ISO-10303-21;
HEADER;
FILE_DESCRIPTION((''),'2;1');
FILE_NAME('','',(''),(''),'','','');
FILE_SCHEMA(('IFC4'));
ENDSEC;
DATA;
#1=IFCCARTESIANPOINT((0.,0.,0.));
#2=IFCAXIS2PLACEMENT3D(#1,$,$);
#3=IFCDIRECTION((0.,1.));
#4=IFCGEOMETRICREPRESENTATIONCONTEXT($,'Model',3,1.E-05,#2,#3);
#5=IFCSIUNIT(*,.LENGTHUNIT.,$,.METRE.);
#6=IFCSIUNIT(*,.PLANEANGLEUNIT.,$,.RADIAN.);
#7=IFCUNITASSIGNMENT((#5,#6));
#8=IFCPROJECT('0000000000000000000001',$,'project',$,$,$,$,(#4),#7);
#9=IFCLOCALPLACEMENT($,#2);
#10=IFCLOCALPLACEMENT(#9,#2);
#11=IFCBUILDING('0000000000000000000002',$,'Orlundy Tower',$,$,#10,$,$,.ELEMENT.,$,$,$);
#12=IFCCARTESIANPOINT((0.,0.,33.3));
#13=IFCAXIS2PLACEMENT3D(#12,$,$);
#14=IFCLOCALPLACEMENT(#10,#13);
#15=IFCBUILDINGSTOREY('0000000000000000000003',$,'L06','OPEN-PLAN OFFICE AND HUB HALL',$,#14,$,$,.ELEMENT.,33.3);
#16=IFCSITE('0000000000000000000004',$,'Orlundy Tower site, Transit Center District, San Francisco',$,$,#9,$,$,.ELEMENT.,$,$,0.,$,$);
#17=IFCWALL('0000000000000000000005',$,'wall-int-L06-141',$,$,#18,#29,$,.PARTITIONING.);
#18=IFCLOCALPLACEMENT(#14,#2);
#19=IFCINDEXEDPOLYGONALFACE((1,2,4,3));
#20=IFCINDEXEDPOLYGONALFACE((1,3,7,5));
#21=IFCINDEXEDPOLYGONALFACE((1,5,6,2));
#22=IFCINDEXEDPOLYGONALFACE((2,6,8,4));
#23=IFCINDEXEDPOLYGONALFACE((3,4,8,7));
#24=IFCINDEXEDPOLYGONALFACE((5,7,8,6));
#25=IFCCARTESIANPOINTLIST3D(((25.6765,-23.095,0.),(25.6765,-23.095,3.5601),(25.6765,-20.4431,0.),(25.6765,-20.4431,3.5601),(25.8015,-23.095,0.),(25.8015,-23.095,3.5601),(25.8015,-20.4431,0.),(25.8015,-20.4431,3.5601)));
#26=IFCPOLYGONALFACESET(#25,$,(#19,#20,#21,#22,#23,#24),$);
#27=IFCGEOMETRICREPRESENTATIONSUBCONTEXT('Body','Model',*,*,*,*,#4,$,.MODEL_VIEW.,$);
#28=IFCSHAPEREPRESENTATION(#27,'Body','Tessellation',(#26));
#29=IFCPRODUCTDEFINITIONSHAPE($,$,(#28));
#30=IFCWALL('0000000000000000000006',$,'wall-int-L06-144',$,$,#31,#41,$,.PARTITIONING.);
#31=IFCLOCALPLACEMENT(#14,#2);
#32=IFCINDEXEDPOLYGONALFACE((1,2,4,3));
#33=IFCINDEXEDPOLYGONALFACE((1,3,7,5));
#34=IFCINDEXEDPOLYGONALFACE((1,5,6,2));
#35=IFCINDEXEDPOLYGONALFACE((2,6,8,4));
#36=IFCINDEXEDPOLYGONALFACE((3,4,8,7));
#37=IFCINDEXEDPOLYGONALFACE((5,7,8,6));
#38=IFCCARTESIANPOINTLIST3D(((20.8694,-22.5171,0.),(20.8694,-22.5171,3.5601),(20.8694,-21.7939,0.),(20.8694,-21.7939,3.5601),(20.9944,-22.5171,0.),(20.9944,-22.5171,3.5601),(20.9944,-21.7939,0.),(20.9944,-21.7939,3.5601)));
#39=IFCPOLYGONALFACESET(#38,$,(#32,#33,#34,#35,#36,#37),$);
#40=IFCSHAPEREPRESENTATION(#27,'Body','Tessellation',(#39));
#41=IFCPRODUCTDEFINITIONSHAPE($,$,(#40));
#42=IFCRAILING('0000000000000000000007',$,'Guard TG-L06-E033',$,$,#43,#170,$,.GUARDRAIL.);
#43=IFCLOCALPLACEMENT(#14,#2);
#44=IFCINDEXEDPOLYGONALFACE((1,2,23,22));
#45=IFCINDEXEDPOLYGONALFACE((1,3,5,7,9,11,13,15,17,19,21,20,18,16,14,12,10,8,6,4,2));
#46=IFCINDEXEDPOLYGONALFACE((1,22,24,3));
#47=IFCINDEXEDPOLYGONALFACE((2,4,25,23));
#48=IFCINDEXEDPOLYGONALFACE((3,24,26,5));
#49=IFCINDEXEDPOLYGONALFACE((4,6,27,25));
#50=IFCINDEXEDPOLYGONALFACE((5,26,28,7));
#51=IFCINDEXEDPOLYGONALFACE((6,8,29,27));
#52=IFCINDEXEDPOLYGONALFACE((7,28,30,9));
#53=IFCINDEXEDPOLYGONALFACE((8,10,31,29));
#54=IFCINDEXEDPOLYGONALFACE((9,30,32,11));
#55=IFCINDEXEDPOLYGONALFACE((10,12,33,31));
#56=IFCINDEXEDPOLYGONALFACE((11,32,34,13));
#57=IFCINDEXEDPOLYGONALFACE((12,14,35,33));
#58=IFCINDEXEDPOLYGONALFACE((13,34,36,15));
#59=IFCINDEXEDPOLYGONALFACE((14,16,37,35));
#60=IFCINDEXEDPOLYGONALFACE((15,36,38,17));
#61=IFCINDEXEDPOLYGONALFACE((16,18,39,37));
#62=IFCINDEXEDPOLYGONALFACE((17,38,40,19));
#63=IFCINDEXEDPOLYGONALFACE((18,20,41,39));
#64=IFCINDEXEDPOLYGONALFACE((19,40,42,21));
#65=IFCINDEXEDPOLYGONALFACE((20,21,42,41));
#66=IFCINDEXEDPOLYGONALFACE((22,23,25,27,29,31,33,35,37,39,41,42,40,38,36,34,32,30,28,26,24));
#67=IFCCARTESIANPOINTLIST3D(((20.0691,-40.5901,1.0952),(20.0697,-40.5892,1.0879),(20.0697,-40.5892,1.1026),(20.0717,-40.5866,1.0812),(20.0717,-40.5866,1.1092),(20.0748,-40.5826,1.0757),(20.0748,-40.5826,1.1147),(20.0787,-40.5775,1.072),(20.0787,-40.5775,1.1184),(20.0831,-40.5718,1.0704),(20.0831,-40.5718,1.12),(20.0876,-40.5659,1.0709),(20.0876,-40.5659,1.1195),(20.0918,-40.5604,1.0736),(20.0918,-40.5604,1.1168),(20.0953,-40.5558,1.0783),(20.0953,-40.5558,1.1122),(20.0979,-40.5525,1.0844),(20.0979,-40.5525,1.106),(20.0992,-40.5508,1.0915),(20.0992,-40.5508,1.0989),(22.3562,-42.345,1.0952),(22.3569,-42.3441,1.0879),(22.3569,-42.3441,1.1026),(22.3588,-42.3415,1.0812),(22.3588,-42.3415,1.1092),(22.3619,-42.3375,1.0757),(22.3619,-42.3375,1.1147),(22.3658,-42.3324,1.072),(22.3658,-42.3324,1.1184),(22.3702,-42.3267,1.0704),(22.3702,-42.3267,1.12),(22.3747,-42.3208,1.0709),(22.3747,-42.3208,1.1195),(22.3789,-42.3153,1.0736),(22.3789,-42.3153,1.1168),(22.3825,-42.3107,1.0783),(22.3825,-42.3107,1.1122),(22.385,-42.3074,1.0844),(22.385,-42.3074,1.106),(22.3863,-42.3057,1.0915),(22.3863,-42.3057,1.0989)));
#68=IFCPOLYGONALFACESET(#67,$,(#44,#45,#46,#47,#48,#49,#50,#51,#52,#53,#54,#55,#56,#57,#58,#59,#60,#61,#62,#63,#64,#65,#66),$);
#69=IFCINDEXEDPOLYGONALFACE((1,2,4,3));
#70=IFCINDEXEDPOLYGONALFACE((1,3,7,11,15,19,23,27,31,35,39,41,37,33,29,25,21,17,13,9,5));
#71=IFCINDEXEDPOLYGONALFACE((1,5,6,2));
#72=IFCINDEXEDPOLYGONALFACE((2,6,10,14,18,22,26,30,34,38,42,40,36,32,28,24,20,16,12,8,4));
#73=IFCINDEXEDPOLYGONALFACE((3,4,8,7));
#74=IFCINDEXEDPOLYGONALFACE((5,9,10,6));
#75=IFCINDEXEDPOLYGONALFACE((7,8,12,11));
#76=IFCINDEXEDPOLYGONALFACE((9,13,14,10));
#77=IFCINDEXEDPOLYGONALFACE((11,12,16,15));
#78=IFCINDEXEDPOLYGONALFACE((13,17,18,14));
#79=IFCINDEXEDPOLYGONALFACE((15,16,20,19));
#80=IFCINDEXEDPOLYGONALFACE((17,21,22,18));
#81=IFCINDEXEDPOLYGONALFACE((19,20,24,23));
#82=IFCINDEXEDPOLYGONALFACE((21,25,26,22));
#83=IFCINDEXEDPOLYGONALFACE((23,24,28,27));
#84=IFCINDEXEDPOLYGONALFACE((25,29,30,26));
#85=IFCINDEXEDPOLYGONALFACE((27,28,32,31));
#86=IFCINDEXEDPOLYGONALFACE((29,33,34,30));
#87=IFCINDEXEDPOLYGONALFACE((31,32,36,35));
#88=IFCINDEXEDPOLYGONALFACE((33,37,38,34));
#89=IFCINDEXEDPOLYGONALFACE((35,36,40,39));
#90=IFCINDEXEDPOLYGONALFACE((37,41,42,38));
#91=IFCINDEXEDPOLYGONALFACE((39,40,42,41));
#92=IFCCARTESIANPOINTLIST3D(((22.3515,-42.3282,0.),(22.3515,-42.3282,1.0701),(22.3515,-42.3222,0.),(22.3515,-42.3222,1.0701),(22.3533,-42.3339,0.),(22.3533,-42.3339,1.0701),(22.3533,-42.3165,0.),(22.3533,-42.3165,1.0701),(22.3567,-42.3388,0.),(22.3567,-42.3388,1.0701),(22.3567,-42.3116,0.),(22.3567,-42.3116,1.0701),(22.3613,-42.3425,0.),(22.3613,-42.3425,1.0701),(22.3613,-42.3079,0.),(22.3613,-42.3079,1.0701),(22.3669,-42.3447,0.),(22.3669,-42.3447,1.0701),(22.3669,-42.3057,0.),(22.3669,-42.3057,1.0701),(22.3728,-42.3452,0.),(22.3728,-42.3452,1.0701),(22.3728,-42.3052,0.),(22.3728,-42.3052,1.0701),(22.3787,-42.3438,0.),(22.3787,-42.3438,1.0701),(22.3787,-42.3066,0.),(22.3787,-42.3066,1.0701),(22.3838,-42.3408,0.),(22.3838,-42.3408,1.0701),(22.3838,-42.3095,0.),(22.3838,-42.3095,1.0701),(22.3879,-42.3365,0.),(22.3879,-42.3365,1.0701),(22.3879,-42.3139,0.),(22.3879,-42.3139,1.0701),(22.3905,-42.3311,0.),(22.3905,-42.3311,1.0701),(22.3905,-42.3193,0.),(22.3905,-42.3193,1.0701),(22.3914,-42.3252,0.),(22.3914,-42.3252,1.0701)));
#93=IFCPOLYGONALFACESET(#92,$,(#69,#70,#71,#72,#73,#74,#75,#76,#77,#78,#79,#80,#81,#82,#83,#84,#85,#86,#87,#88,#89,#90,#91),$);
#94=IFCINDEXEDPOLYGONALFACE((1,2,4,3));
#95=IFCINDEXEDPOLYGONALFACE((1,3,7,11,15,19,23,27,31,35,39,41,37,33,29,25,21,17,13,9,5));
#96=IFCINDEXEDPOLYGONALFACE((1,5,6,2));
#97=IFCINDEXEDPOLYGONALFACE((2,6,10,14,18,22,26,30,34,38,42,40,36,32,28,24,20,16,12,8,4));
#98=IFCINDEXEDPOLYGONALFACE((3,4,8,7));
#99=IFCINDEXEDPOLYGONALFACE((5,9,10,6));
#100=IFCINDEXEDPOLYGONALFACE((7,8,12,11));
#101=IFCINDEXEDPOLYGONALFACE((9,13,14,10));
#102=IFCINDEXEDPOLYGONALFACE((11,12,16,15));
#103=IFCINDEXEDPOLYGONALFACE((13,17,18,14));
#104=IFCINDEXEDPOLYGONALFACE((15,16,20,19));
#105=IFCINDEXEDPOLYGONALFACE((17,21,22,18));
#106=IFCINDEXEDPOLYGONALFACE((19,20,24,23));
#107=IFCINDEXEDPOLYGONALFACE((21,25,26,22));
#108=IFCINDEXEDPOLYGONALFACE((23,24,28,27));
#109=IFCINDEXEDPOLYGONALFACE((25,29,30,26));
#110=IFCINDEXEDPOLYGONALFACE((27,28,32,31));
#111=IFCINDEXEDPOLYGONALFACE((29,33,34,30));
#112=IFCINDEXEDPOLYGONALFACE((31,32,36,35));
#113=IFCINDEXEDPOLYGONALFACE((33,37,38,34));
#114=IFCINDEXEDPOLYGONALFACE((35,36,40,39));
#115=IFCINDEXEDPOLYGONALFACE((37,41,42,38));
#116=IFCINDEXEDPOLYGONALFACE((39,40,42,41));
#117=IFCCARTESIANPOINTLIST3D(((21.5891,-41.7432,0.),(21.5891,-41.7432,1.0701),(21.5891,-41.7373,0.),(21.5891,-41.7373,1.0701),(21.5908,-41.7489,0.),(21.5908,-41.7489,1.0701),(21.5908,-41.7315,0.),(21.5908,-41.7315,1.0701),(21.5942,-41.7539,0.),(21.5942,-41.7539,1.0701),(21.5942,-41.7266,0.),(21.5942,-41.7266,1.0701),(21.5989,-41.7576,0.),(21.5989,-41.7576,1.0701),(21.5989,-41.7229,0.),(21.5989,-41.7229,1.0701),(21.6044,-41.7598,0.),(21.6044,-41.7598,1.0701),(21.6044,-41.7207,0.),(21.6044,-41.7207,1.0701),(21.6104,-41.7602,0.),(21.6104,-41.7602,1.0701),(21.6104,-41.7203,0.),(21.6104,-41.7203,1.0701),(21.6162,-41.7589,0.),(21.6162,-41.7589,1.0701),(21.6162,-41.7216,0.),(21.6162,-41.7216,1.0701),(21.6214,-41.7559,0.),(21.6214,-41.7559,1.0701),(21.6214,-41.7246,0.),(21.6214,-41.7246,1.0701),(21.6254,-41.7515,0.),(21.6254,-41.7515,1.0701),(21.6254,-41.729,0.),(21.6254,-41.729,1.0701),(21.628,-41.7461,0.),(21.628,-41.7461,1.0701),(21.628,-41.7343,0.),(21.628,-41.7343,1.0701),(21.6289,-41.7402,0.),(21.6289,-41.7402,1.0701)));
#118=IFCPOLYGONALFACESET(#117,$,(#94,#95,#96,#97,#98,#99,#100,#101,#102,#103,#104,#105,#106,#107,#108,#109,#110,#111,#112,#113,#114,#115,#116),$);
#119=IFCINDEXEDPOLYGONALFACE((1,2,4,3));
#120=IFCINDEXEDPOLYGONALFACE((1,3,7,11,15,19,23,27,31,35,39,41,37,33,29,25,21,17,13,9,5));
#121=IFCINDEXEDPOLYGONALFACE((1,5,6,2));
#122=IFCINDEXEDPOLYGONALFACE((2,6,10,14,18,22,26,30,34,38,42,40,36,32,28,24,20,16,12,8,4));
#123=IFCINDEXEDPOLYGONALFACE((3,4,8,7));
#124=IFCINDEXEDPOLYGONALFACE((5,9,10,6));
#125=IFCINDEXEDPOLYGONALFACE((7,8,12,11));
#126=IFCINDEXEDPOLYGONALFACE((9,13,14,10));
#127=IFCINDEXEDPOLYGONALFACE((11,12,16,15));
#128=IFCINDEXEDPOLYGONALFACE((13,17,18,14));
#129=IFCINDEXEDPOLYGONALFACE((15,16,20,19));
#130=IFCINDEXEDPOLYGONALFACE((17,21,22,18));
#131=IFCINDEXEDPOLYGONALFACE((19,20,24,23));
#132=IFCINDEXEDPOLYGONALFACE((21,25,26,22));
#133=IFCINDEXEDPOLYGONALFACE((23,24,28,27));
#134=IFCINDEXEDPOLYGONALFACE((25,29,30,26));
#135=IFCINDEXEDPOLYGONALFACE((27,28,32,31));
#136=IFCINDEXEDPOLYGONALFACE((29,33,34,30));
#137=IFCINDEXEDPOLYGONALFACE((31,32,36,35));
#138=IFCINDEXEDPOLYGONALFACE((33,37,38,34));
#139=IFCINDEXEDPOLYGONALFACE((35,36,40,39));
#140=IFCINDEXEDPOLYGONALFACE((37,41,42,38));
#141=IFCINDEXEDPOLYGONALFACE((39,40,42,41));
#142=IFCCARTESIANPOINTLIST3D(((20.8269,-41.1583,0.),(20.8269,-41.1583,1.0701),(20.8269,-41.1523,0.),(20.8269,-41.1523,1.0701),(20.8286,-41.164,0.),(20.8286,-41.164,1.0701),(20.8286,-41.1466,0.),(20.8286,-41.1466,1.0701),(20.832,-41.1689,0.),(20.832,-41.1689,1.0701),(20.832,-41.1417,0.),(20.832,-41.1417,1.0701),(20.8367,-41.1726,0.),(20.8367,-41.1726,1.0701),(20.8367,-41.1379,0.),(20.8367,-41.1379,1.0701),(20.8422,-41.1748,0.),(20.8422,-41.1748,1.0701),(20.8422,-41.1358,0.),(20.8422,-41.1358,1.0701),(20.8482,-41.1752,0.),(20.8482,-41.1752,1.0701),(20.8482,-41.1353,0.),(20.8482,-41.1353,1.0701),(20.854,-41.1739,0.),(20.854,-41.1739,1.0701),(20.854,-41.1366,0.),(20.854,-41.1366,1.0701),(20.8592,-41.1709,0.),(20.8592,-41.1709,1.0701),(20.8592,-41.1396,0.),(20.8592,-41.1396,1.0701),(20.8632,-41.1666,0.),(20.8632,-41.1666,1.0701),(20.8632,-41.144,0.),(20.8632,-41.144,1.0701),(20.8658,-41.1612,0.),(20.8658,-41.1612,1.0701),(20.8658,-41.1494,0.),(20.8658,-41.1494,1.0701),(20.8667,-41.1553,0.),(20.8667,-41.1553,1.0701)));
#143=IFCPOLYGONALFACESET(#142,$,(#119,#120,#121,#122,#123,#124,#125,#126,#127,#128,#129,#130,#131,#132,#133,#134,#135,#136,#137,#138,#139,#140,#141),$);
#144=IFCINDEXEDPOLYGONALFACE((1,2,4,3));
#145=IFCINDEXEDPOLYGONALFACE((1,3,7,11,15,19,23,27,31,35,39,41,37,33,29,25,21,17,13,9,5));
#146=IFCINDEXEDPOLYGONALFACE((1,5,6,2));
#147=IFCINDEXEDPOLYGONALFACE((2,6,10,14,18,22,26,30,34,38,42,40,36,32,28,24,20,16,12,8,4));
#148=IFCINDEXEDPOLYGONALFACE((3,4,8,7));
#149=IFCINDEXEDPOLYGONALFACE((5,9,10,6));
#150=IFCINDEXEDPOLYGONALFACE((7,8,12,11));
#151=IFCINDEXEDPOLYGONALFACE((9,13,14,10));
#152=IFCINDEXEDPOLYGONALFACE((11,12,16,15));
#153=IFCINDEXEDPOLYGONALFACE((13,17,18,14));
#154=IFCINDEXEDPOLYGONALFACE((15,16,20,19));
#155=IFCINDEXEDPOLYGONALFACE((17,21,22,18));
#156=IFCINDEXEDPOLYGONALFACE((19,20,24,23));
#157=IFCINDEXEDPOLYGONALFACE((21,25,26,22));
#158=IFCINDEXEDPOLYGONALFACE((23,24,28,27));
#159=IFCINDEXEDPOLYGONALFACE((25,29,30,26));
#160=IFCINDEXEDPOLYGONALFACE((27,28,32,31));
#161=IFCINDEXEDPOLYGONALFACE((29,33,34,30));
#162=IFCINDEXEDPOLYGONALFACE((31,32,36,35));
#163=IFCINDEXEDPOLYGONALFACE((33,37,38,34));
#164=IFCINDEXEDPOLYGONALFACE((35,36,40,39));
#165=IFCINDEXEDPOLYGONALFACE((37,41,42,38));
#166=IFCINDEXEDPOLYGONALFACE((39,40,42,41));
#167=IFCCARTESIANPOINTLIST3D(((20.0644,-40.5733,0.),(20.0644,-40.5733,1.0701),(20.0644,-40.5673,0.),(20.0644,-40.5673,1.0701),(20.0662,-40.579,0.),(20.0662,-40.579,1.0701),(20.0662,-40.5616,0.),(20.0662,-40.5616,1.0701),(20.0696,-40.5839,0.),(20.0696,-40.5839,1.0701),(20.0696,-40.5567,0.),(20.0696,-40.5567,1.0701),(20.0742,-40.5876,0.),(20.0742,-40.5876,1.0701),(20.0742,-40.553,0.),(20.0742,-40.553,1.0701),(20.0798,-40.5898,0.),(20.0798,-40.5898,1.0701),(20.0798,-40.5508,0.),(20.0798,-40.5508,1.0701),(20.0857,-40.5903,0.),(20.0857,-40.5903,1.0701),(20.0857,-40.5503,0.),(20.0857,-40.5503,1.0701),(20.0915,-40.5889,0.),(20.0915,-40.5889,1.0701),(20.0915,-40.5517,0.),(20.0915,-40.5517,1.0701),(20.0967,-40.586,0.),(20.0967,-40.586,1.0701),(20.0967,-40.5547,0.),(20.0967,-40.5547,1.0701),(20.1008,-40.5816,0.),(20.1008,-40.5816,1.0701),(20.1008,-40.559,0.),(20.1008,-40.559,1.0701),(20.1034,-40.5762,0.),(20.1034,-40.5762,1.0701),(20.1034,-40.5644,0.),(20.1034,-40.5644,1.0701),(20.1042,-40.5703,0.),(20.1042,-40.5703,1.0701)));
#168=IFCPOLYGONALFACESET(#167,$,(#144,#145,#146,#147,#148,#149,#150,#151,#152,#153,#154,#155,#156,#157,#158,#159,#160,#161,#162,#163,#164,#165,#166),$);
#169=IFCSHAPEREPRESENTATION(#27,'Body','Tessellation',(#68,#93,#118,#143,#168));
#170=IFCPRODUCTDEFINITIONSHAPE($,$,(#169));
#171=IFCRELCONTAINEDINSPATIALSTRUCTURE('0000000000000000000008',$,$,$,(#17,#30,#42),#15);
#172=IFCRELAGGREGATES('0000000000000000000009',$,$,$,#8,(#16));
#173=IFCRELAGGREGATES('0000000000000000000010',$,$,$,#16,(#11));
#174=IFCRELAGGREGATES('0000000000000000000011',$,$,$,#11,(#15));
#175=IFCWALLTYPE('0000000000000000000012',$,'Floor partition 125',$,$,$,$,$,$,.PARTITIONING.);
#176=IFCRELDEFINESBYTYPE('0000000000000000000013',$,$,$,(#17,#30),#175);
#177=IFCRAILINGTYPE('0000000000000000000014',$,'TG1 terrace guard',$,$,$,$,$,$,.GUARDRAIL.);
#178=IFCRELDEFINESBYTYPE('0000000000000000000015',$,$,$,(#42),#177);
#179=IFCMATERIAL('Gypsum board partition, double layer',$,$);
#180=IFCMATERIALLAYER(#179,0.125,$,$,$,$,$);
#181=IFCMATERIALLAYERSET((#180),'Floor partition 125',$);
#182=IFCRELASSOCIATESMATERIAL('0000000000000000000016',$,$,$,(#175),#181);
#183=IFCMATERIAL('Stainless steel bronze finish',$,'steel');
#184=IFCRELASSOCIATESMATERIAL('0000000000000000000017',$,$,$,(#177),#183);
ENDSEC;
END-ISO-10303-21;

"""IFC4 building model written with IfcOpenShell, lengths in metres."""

from ifc_helpers import new_model, si_unit, direction, frame, frame_2d, origin, origin_2d, place, context, subcontext, project, spatial, rectangle, circle, extrude, material, layer, layer_set, type_object, element, save


model = new_model("IFC4")

# Units and contexts
model_context = context("Model", 3, precision=1e-05, world=origin(), true_north=direction((0.0, 1.0)))
body_context = subcontext(model_context, "Body", "Model", "MODEL_VIEW")
ifc_project = project(units=[si_unit("LENGTHUNIT", "METRE"), si_unit("PLANEANGLEUNIT", "RADIAN")], contexts=[model_context])

# Site, building, storey
site_placement = place(None, origin())
site = spatial("IfcSite", under=ifc_project, at=site_placement, Name="Orlundy Tower site, Transit Center District, San Francisco", CompositionType="ELEMENT", RefElevation=0.0)
building_placement = place(site_placement, origin())
building = spatial("IfcBuilding", under=site, at=building_placement, Name="Orlundy Tower", CompositionType="ELEMENT")
storey_placement = place(building_placement, frame((0.0, 0.0, 33.3)))
storey = spatial("IfcBuildingStorey", under=building, at=storey_placement, Name="L06", Description="OPEN-PLAN OFFICE AND HUB HALL", CompositionType="ELEMENT", Elevation=33.3)

# Walls
ifc_material_1 = material(Name="Gypsum board partition, double layer")
ifc_layer_1 = layer(ifc_material_1, 0.125)
ifc_layer_set_1 = layer_set([ifc_layer_1], Name="Floor partition 125")
wall_type_1 = type_object("IfcWallType", Name="Floor partition 125", PredefinedType="PARTITIONING", material=ifc_layer_set_1)
wall_1_placement = place(storey_placement, frame((25.739, -23.095, 0.0), z_axis=(0.0, 0.0, 1.0), x_axis=(0.0, 1.0, 0.0)))
element("IfcWall", 1, at=wall_1_placement, inside=storey, type_object=wall_type_1, Name="wall-int-L06-141", PredefinedType="PARTITIONING", context=body_context, shape_type="SweptSolid", body=[
    extrude(rectangle(XDim=2.6519, YDim=0.125, at=frame_2d((1.3259, 0.0))), origin(), (0.0, 0.0, 1.0), 3.5601),
])
wall_2_placement = place(storey_placement, frame((20.9319, -22.5171, 0.0), z_axis=(0.0, 0.0, 1.0), x_axis=(0.0, 1.0, 0.0)))
element("IfcWall", 2, at=wall_2_placement, inside=storey, type_object=wall_type_1, Name="wall-int-L06-144", PredefinedType="PARTITIONING", context=body_context, shape_type="SweptSolid", body=[
    extrude(rectangle(XDim=0.7231, YDim=0.125, at=frame_2d((0.3616, 0.0))), origin(), (0.0, 0.0, 1.0), 3.5601),
])

# Railing
ifc_material_2 = material(Name="Stainless steel bronze finish", Category="steel")
railing_type = type_object("IfcRailingType", Name="TG1 terrace guard", PredefinedType="GUARDRAIL", material=ifc_material_2)
railing_1_placement = place(storey_placement, frame((22.3713, -42.3252, 0.0)))
element("IfcRailing", 3, at=railing_1_placement, inside=storey, type_object=railing_type, Name="Guard TG-L06-E033", PredefinedType="GUARDRAIL", context=body_context, shape_type="SweptSolid", body=[
    extrude(circle(Radius=0.0249, at=origin_2d()), frame((0.0, 0.0, 1.0952), z_axis=(-0.793366, 0.608744, 0.0), x_axis=(-0.608744, -0.793366, 0.0)), (0.0, 0.0, 1.0), 2.8828),
    extrude(circle(Radius=0.02, at=origin_2d()), origin(), (0.0, 0.0, 1.0), 1.0701),
    extrude(circle(Radius=0.02, at=origin_2d()), frame((-0.7625, 0.585, 0.0)), (0.0, 0.0, 1.0), 1.0701),
    extrude(circle(Radius=0.02, at=origin_2d()), frame((-1.5247, 1.1699, 0.0)), (0.0, 0.0, 1.0), 1.0701),
    extrude(circle(Radius=0.02, at=origin_2d()), frame((-2.2871, 1.7549, 0.0)), (0.0, 0.0, 1.0), 1.0701),
])

save(model, "model.ifc")
